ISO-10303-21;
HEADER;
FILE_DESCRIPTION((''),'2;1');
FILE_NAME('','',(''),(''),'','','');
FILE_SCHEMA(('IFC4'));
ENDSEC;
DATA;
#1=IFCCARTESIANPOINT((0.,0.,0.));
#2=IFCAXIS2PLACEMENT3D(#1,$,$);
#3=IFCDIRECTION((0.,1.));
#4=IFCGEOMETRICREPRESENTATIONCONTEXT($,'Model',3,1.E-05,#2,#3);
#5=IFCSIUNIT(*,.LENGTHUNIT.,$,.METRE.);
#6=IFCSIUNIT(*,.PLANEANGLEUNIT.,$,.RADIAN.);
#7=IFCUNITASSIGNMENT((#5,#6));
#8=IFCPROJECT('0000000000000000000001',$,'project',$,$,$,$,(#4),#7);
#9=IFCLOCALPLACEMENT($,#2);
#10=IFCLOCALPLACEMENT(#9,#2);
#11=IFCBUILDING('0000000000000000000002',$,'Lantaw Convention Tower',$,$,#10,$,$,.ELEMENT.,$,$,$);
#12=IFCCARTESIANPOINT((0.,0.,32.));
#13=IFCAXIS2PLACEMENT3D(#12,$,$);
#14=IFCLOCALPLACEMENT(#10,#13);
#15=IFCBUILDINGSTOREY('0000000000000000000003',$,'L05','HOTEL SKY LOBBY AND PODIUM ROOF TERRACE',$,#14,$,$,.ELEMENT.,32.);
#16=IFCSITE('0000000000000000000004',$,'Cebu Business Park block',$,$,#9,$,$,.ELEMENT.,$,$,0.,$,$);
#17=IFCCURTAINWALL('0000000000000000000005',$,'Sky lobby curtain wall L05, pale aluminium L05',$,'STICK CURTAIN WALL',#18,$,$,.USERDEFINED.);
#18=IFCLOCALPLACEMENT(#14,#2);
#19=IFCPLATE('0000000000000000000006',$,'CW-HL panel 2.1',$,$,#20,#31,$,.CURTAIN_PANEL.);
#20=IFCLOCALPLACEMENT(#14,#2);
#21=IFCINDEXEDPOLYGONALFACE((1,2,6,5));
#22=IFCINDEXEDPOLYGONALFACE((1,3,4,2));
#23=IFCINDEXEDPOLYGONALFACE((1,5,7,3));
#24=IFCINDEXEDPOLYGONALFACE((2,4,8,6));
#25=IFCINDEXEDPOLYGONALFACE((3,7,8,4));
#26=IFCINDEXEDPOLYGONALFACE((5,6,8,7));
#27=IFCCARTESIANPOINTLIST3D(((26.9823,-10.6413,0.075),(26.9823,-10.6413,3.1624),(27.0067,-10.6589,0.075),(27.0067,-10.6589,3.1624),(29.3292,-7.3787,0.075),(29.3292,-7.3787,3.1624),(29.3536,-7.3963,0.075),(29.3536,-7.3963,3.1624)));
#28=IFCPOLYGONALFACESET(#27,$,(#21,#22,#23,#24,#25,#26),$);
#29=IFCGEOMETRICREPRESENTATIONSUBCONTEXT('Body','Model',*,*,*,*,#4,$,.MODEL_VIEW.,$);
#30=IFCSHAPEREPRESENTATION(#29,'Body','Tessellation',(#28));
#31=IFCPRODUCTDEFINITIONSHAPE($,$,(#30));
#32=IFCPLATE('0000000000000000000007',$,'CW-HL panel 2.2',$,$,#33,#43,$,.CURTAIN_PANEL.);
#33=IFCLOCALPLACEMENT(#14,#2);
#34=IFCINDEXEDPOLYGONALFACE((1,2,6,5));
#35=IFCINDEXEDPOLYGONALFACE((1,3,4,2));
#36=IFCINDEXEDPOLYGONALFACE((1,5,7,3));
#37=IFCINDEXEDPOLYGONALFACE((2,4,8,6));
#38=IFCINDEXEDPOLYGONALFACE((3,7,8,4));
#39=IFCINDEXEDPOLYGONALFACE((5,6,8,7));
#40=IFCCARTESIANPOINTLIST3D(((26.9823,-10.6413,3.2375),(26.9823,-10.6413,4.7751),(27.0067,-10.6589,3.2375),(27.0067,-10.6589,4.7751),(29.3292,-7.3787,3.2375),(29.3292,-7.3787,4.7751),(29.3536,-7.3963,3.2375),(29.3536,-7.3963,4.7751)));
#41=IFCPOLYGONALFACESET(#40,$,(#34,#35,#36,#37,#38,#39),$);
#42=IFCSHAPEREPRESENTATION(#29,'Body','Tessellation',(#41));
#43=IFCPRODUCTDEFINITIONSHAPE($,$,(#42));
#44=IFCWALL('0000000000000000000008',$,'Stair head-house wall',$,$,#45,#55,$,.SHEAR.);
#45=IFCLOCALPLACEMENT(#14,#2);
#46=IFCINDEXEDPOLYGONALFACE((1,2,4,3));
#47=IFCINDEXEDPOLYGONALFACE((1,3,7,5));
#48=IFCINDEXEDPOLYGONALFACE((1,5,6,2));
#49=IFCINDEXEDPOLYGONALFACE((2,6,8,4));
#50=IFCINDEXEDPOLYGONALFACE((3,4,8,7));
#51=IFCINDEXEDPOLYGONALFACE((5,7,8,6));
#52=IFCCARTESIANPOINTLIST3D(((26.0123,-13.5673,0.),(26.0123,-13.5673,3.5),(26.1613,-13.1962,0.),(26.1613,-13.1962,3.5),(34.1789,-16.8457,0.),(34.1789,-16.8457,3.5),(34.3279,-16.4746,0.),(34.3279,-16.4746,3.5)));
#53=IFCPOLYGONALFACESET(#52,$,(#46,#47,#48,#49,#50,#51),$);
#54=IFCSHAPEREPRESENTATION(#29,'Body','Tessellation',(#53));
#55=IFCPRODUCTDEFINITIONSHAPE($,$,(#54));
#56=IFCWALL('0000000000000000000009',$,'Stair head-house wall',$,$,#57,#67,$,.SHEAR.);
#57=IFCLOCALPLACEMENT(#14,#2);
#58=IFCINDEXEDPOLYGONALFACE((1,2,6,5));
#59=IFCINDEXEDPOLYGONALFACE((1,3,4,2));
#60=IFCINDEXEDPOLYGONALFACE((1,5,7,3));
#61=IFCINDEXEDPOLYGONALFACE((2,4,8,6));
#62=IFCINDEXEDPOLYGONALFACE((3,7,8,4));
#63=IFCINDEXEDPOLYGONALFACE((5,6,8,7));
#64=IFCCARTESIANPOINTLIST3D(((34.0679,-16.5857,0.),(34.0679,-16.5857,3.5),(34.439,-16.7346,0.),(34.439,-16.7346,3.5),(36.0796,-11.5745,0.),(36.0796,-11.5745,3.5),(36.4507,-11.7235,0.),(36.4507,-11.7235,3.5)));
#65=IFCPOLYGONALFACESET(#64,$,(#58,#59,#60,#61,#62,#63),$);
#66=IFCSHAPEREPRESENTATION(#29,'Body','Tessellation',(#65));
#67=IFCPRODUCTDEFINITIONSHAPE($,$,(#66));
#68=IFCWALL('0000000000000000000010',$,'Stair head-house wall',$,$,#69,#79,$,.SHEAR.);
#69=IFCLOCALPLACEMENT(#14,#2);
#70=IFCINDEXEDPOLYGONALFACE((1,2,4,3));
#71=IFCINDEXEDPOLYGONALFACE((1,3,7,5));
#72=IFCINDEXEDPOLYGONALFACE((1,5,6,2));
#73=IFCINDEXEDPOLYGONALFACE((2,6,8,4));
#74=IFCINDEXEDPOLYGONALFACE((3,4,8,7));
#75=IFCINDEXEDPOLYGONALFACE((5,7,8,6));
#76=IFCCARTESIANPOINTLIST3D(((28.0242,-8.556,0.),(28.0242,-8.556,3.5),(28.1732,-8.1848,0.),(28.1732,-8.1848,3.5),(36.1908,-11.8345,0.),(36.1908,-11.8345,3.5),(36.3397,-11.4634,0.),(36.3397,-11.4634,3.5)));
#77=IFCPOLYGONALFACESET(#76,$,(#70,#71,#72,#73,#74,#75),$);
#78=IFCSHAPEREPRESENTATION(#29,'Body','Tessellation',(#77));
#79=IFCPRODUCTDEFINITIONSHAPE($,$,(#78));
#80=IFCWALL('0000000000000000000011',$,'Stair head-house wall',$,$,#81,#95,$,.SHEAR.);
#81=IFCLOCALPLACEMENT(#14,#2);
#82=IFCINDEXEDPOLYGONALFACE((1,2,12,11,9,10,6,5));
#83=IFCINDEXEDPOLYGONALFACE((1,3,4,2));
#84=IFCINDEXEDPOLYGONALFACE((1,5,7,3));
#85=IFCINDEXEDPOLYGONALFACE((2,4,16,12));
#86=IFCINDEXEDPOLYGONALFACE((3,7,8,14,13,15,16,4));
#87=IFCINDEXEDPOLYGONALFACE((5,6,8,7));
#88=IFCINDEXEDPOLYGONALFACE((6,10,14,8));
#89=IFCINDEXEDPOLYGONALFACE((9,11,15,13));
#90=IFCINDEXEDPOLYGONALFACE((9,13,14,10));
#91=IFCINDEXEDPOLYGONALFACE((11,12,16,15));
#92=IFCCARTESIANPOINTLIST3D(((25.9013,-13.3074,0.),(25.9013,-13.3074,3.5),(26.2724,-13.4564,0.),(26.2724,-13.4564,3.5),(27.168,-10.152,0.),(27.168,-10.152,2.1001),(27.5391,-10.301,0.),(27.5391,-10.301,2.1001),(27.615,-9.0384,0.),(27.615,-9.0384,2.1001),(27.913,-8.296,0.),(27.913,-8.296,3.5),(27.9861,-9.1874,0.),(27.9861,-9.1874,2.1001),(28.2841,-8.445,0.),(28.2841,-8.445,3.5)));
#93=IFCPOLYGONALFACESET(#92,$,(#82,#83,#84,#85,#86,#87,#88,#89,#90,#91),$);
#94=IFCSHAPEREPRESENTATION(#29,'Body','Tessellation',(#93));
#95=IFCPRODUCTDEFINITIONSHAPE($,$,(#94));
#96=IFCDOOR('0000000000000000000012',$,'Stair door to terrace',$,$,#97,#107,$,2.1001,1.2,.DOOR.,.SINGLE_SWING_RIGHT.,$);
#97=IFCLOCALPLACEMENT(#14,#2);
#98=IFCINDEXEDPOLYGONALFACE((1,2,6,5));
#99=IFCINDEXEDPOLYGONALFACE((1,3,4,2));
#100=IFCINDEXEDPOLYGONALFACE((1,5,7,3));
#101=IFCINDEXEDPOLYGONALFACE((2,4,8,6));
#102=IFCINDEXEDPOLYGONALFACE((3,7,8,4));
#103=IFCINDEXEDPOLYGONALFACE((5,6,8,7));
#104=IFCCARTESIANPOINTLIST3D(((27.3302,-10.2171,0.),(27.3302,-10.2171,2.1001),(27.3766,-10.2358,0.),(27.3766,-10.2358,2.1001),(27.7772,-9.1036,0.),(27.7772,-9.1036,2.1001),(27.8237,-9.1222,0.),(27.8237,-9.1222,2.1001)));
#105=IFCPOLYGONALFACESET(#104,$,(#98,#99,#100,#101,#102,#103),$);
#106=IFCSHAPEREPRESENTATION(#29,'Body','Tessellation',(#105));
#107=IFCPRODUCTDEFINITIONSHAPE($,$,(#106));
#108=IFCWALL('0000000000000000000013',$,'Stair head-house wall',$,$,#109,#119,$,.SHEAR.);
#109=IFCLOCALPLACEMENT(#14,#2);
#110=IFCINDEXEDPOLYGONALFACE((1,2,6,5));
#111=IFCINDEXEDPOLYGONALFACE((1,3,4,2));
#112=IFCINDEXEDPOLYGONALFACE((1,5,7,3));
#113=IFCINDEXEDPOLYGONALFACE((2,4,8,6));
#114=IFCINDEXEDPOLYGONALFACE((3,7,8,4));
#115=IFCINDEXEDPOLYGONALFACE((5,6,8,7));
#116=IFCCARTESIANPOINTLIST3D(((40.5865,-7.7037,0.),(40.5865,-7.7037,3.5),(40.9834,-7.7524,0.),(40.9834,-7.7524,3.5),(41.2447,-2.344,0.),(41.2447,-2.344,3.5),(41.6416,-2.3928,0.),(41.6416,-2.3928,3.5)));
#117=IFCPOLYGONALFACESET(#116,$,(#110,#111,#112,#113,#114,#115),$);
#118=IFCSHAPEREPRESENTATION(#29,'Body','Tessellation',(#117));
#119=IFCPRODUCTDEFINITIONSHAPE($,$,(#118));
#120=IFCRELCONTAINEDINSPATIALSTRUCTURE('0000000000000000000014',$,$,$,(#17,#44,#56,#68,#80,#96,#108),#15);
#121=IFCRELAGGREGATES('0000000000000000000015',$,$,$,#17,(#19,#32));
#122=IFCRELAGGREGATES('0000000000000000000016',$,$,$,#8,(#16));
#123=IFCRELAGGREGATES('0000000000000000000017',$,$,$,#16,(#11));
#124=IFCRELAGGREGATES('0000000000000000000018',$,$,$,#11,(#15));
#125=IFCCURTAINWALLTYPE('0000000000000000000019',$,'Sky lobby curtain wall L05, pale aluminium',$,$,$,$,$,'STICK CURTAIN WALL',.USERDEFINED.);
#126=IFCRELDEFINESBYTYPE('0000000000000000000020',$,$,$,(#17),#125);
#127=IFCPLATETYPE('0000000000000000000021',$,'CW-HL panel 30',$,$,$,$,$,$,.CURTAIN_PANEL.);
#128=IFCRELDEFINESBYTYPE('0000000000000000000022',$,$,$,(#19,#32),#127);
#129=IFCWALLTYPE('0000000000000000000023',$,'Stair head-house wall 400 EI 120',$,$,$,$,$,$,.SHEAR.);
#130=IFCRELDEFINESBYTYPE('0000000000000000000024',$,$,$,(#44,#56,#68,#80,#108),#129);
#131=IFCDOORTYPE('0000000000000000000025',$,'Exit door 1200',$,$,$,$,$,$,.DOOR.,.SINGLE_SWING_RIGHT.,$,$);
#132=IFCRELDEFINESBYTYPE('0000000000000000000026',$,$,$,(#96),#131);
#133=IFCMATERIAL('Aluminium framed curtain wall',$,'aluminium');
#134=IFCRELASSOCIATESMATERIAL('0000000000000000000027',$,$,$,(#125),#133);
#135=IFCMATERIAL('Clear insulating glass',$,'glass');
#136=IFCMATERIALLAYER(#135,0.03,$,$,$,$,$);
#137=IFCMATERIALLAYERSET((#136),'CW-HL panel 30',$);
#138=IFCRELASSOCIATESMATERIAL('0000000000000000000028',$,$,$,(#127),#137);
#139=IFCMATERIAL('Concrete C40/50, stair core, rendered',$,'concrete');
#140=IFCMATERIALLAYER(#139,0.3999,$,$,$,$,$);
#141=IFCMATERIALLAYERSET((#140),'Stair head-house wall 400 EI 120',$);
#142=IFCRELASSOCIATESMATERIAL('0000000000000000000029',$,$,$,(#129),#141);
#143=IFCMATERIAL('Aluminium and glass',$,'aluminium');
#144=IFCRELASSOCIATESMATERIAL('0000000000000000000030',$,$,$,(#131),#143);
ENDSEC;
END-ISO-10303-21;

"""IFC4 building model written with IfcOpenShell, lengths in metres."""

from ifc_helpers import new_model, si_unit, direction, frame, frame_2d, origin, origin_2d, place, context, subcontext, project, spatial, rectangle, extrude, material, layer, layer_set, type_object, element, fill, aggregate, save


model = new_model("IFC4")

# Units and contexts
model_context = context("Model", 3, precision=1e-05, world=origin(), true_north=direction((0.0, 1.0)))
body_context = subcontext(model_context, "Body", "Model", "MODEL_VIEW")
ifc_project = project(units=[si_unit("LENGTHUNIT", "METRE"), si_unit("PLANEANGLEUNIT", "RADIAN")], contexts=[model_context])

# Site, building, storey
site_placement = place(None, origin())
site = spatial("IfcSite", under=ifc_project, at=site_placement, Name="Cebu Business Park block", CompositionType="ELEMENT", RefElevation=0.0)
building_placement = place(site_placement, origin())
building = spatial("IfcBuilding", under=site, at=building_placement, Name="Lantaw Convention Tower", CompositionType="ELEMENT")
storey_placement = place(building_placement, frame((0.0, 0.0, 32.0)))
storey = spatial("IfcBuildingStorey", under=building, at=storey_placement, Name="L05", Description="HOTEL SKY LOBBY AND PODIUM ROOF TERRACE", CompositionType="ELEMENT", Elevation=32.0)

# Curtain wall, plates
ifc_material_1 = material(Name="Aluminium framed curtain wall", Category="aluminium")
curtain_wall_type = type_object("IfcCurtainWallType", Name="Sky lobby curtain wall L05, pale aluminium", ElementType="STICK CURTAIN WALL", PredefinedType="USERDEFINED", material=ifc_material_1)
curtain_wall_placement = place(storey_placement, origin())
curtain_wall = element("IfcCurtainWall", 1, at=curtain_wall_placement, inside=storey, type_object=curtain_wall_type, Name="Sky lobby curtain wall L05, pale aluminium L05", ObjectType="STICK CURTAIN WALL", PredefinedType="USERDEFINED")
ifc_material_2 = material(Name="Clear insulating glass", Category="glass")
ifc_layer_1 = layer(ifc_material_2, 0.03)
ifc_layer_set_1 = layer_set([ifc_layer_1], Name="CW-HL panel 30")
plate_type = type_object("IfcPlateType", Name="CW-HL panel 30", PredefinedType="CURTAIN_PANEL", material=ifc_layer_set_1)
plate_1_placement = place(storey_placement, frame((28.168, -9.0188, 0.075), z_axis=(0.0, 0.0, 1.0), x_axis=(0.583951, 0.811789, 0.0)))
plate_1 = element("IfcPlate", 2, at=plate_1_placement, type_object=plate_type, Name="CW-HL panel 2.1", PredefinedType="CURTAIN_PANEL", context=body_context, shape_type="SweptSolid", body=[
    extrude(rectangle(XDim=4.019, YDim=0.03, at=origin_2d()), origin(), (0.0, 0.0, 1.0), 3.0874),
])
plate_2_placement = place(storey_placement, frame((28.168, -9.0188, 3.2375), z_axis=(0.0, 0.0, 1.0), x_axis=(0.583951, 0.811789, 0.0)))
plate_2 = element("IfcPlate", 3, at=plate_2_placement, type_object=plate_type, Name="CW-HL panel 2.2", PredefinedType="CURTAIN_PANEL", context=body_context, shape_type="SweptSolid", body=[
    extrude(rectangle(XDim=4.019, YDim=0.03, at=origin_2d()), origin(), (0.0, 0.0, 1.0), 1.5376),
])
aggregate(curtain_wall, [plate_1, plate_2])

# Walls
ifc_material_3 = material(Name="Concrete C40/50, stair core, rendered", Category="concrete")
ifc_layer_2 = layer(ifc_material_3, 0.3999)
ifc_layer_set_2 = layer_set([ifc_layer_2], Name="Stair head-house wall 400 EI 120")
wall_type = type_object("IfcWallType", Name="Stair head-house wall 400 EI 120", PredefinedType="SHEAR", material=ifc_layer_set_2)
wall_1_placement = place(storey_placement, frame((26.0869, -13.3818, 0.0), z_axis=(0.0, 0.0, 1.0), x_axis=(0.928017, -0.372538, 0.0)))
element("IfcWall", 4, at=wall_1_placement, inside=storey, type_object=wall_type, Name="Stair head-house wall", PredefinedType="SHEAR", context=body_context, shape_type="SweptSolid", body=[
    extrude(rectangle(XDim=8.8, YDim=0.3999, at=frame_2d((4.3999, 0.0))), origin(), (0.0, 0.0, 1.0), 3.5),
])
wall_2_placement = place(storey_placement, frame((34.2534, -16.6602, 0.0), z_axis=(0.0, 0.0, 1.0), x_axis=(0.372544, 0.928015, 0.0)))
element("IfcWall", 5, at=wall_2_placement, inside=storey, type_object=wall_type, Name="Stair head-house wall", PredefinedType="SHEAR", context=body_context, shape_type="SweptSolid", body=[
    extrude(rectangle(XDim=5.3999, YDim=0.3999, at=frame_2d((2.7, 0.0))), origin(), (0.0, 0.0, 1.0), 3.5),
])
wall_3_placement = place(storey_placement, frame((36.2651, -11.6489, 0.0), z_axis=(0.0, 0.0, 1.0), x_axis=(-0.928007, 0.372562, 0.0)))
element("IfcWall", 6, at=wall_3_placement, inside=storey, type_object=wall_type, Name="Stair head-house wall", PredefinedType="SHEAR", context=body_context, shape_type="SweptSolid", body=[
    extrude(rectangle(XDim=8.8, YDim=0.3999, at=frame_2d((4.3999, 0.0))), origin(), (0.0, 0.0, 1.0), 3.5),
])

# Wall, opening, door
wall_4_placement = place(storey_placement, frame((28.0986, -8.3704, 0.0), z_axis=(0.0, 0.0, 1.0), x_axis=(-0.372528, -0.928021, 0.0)))
wall_4 = element("IfcWall", 7, at=wall_4_placement, inside=storey, type_object=wall_type, Name="Stair head-house wall", PredefinedType="SHEAR", context=body_context, shape_type="SweptSolid", body=[
    extrude(rectangle(XDim=5.4001, YDim=0.3999, at=frame_2d((2.7002, 0.0))), origin(), (0.0, 0.0, 1.0), 3.5),
])
opening_placement = place(wall_4_placement, frame((0.8, 0.0, 0.0)))
opening = element("IfcOpeningElement", 8, at=opening_placement, cuts=wall_4, PredefinedType="OPENING", context=body_context, shape_type="SweptSolid", body=[
    extrude(rectangle(XDim=1.2, YDim=2.1001, at=frame_2d((0.6001, 1.05))), frame((0.0, 0.21, 0.0), z_axis=(0.0, -1.0, 0.0), x_axis=(1.0, 0.0, 0.0)), (0.0, 0.0, 1.0), 0.4199),
])
ifc_material_4 = material(Name="Aluminium and glass", Category="aluminium")
door_type = type_object("IfcDoorType", Name="Exit door 1200", OperationType="SINGLE_SWING_RIGHT", PredefinedType="DOOR", material=ifc_material_4)
door_placement = place(opening_placement, origin())
door = element("IfcDoor", 9, at=door_placement, inside=storey, type_object=door_type, Name="Stair door to terrace", OperationType="SINGLE_SWING_RIGHT", OverallHeight=2.1001, OverallWidth=1.2, PredefinedType="DOOR", context=body_context, shape_type="SweptSolid", body=[
    extrude(rectangle(XDim=1.2, YDim=2.1001, at=frame_2d((0.6001, 1.05))), frame((0.0, 0.0249, 0.0), z_axis=(0.0, -1.0, 0.0), x_axis=(1.0, 0.0, 0.0)), (0.0, 0.0, 1.0), 0.05),
])
fill(opening, door)

# Wall
wall_5_placement = place(storey_placement, frame((40.7849, -7.728, 0.0), z_axis=(0.0, 0.0, 1.0), x_axis=(0.121892, 0.992543, 0.0)))
element("IfcWall", 10, at=wall_5_placement, inside=storey, type_object=wall_type, Name="Stair head-house wall", PredefinedType="SHEAR", context=body_context, shape_type="SweptSolid", body=[
    extrude(rectangle(XDim=5.3999, YDim=0.3999, at=frame_2d((2.7, 0.0))), origin(), (0.0, 0.0, 1.0), 3.5),
])

save(model, "model.ifc")
